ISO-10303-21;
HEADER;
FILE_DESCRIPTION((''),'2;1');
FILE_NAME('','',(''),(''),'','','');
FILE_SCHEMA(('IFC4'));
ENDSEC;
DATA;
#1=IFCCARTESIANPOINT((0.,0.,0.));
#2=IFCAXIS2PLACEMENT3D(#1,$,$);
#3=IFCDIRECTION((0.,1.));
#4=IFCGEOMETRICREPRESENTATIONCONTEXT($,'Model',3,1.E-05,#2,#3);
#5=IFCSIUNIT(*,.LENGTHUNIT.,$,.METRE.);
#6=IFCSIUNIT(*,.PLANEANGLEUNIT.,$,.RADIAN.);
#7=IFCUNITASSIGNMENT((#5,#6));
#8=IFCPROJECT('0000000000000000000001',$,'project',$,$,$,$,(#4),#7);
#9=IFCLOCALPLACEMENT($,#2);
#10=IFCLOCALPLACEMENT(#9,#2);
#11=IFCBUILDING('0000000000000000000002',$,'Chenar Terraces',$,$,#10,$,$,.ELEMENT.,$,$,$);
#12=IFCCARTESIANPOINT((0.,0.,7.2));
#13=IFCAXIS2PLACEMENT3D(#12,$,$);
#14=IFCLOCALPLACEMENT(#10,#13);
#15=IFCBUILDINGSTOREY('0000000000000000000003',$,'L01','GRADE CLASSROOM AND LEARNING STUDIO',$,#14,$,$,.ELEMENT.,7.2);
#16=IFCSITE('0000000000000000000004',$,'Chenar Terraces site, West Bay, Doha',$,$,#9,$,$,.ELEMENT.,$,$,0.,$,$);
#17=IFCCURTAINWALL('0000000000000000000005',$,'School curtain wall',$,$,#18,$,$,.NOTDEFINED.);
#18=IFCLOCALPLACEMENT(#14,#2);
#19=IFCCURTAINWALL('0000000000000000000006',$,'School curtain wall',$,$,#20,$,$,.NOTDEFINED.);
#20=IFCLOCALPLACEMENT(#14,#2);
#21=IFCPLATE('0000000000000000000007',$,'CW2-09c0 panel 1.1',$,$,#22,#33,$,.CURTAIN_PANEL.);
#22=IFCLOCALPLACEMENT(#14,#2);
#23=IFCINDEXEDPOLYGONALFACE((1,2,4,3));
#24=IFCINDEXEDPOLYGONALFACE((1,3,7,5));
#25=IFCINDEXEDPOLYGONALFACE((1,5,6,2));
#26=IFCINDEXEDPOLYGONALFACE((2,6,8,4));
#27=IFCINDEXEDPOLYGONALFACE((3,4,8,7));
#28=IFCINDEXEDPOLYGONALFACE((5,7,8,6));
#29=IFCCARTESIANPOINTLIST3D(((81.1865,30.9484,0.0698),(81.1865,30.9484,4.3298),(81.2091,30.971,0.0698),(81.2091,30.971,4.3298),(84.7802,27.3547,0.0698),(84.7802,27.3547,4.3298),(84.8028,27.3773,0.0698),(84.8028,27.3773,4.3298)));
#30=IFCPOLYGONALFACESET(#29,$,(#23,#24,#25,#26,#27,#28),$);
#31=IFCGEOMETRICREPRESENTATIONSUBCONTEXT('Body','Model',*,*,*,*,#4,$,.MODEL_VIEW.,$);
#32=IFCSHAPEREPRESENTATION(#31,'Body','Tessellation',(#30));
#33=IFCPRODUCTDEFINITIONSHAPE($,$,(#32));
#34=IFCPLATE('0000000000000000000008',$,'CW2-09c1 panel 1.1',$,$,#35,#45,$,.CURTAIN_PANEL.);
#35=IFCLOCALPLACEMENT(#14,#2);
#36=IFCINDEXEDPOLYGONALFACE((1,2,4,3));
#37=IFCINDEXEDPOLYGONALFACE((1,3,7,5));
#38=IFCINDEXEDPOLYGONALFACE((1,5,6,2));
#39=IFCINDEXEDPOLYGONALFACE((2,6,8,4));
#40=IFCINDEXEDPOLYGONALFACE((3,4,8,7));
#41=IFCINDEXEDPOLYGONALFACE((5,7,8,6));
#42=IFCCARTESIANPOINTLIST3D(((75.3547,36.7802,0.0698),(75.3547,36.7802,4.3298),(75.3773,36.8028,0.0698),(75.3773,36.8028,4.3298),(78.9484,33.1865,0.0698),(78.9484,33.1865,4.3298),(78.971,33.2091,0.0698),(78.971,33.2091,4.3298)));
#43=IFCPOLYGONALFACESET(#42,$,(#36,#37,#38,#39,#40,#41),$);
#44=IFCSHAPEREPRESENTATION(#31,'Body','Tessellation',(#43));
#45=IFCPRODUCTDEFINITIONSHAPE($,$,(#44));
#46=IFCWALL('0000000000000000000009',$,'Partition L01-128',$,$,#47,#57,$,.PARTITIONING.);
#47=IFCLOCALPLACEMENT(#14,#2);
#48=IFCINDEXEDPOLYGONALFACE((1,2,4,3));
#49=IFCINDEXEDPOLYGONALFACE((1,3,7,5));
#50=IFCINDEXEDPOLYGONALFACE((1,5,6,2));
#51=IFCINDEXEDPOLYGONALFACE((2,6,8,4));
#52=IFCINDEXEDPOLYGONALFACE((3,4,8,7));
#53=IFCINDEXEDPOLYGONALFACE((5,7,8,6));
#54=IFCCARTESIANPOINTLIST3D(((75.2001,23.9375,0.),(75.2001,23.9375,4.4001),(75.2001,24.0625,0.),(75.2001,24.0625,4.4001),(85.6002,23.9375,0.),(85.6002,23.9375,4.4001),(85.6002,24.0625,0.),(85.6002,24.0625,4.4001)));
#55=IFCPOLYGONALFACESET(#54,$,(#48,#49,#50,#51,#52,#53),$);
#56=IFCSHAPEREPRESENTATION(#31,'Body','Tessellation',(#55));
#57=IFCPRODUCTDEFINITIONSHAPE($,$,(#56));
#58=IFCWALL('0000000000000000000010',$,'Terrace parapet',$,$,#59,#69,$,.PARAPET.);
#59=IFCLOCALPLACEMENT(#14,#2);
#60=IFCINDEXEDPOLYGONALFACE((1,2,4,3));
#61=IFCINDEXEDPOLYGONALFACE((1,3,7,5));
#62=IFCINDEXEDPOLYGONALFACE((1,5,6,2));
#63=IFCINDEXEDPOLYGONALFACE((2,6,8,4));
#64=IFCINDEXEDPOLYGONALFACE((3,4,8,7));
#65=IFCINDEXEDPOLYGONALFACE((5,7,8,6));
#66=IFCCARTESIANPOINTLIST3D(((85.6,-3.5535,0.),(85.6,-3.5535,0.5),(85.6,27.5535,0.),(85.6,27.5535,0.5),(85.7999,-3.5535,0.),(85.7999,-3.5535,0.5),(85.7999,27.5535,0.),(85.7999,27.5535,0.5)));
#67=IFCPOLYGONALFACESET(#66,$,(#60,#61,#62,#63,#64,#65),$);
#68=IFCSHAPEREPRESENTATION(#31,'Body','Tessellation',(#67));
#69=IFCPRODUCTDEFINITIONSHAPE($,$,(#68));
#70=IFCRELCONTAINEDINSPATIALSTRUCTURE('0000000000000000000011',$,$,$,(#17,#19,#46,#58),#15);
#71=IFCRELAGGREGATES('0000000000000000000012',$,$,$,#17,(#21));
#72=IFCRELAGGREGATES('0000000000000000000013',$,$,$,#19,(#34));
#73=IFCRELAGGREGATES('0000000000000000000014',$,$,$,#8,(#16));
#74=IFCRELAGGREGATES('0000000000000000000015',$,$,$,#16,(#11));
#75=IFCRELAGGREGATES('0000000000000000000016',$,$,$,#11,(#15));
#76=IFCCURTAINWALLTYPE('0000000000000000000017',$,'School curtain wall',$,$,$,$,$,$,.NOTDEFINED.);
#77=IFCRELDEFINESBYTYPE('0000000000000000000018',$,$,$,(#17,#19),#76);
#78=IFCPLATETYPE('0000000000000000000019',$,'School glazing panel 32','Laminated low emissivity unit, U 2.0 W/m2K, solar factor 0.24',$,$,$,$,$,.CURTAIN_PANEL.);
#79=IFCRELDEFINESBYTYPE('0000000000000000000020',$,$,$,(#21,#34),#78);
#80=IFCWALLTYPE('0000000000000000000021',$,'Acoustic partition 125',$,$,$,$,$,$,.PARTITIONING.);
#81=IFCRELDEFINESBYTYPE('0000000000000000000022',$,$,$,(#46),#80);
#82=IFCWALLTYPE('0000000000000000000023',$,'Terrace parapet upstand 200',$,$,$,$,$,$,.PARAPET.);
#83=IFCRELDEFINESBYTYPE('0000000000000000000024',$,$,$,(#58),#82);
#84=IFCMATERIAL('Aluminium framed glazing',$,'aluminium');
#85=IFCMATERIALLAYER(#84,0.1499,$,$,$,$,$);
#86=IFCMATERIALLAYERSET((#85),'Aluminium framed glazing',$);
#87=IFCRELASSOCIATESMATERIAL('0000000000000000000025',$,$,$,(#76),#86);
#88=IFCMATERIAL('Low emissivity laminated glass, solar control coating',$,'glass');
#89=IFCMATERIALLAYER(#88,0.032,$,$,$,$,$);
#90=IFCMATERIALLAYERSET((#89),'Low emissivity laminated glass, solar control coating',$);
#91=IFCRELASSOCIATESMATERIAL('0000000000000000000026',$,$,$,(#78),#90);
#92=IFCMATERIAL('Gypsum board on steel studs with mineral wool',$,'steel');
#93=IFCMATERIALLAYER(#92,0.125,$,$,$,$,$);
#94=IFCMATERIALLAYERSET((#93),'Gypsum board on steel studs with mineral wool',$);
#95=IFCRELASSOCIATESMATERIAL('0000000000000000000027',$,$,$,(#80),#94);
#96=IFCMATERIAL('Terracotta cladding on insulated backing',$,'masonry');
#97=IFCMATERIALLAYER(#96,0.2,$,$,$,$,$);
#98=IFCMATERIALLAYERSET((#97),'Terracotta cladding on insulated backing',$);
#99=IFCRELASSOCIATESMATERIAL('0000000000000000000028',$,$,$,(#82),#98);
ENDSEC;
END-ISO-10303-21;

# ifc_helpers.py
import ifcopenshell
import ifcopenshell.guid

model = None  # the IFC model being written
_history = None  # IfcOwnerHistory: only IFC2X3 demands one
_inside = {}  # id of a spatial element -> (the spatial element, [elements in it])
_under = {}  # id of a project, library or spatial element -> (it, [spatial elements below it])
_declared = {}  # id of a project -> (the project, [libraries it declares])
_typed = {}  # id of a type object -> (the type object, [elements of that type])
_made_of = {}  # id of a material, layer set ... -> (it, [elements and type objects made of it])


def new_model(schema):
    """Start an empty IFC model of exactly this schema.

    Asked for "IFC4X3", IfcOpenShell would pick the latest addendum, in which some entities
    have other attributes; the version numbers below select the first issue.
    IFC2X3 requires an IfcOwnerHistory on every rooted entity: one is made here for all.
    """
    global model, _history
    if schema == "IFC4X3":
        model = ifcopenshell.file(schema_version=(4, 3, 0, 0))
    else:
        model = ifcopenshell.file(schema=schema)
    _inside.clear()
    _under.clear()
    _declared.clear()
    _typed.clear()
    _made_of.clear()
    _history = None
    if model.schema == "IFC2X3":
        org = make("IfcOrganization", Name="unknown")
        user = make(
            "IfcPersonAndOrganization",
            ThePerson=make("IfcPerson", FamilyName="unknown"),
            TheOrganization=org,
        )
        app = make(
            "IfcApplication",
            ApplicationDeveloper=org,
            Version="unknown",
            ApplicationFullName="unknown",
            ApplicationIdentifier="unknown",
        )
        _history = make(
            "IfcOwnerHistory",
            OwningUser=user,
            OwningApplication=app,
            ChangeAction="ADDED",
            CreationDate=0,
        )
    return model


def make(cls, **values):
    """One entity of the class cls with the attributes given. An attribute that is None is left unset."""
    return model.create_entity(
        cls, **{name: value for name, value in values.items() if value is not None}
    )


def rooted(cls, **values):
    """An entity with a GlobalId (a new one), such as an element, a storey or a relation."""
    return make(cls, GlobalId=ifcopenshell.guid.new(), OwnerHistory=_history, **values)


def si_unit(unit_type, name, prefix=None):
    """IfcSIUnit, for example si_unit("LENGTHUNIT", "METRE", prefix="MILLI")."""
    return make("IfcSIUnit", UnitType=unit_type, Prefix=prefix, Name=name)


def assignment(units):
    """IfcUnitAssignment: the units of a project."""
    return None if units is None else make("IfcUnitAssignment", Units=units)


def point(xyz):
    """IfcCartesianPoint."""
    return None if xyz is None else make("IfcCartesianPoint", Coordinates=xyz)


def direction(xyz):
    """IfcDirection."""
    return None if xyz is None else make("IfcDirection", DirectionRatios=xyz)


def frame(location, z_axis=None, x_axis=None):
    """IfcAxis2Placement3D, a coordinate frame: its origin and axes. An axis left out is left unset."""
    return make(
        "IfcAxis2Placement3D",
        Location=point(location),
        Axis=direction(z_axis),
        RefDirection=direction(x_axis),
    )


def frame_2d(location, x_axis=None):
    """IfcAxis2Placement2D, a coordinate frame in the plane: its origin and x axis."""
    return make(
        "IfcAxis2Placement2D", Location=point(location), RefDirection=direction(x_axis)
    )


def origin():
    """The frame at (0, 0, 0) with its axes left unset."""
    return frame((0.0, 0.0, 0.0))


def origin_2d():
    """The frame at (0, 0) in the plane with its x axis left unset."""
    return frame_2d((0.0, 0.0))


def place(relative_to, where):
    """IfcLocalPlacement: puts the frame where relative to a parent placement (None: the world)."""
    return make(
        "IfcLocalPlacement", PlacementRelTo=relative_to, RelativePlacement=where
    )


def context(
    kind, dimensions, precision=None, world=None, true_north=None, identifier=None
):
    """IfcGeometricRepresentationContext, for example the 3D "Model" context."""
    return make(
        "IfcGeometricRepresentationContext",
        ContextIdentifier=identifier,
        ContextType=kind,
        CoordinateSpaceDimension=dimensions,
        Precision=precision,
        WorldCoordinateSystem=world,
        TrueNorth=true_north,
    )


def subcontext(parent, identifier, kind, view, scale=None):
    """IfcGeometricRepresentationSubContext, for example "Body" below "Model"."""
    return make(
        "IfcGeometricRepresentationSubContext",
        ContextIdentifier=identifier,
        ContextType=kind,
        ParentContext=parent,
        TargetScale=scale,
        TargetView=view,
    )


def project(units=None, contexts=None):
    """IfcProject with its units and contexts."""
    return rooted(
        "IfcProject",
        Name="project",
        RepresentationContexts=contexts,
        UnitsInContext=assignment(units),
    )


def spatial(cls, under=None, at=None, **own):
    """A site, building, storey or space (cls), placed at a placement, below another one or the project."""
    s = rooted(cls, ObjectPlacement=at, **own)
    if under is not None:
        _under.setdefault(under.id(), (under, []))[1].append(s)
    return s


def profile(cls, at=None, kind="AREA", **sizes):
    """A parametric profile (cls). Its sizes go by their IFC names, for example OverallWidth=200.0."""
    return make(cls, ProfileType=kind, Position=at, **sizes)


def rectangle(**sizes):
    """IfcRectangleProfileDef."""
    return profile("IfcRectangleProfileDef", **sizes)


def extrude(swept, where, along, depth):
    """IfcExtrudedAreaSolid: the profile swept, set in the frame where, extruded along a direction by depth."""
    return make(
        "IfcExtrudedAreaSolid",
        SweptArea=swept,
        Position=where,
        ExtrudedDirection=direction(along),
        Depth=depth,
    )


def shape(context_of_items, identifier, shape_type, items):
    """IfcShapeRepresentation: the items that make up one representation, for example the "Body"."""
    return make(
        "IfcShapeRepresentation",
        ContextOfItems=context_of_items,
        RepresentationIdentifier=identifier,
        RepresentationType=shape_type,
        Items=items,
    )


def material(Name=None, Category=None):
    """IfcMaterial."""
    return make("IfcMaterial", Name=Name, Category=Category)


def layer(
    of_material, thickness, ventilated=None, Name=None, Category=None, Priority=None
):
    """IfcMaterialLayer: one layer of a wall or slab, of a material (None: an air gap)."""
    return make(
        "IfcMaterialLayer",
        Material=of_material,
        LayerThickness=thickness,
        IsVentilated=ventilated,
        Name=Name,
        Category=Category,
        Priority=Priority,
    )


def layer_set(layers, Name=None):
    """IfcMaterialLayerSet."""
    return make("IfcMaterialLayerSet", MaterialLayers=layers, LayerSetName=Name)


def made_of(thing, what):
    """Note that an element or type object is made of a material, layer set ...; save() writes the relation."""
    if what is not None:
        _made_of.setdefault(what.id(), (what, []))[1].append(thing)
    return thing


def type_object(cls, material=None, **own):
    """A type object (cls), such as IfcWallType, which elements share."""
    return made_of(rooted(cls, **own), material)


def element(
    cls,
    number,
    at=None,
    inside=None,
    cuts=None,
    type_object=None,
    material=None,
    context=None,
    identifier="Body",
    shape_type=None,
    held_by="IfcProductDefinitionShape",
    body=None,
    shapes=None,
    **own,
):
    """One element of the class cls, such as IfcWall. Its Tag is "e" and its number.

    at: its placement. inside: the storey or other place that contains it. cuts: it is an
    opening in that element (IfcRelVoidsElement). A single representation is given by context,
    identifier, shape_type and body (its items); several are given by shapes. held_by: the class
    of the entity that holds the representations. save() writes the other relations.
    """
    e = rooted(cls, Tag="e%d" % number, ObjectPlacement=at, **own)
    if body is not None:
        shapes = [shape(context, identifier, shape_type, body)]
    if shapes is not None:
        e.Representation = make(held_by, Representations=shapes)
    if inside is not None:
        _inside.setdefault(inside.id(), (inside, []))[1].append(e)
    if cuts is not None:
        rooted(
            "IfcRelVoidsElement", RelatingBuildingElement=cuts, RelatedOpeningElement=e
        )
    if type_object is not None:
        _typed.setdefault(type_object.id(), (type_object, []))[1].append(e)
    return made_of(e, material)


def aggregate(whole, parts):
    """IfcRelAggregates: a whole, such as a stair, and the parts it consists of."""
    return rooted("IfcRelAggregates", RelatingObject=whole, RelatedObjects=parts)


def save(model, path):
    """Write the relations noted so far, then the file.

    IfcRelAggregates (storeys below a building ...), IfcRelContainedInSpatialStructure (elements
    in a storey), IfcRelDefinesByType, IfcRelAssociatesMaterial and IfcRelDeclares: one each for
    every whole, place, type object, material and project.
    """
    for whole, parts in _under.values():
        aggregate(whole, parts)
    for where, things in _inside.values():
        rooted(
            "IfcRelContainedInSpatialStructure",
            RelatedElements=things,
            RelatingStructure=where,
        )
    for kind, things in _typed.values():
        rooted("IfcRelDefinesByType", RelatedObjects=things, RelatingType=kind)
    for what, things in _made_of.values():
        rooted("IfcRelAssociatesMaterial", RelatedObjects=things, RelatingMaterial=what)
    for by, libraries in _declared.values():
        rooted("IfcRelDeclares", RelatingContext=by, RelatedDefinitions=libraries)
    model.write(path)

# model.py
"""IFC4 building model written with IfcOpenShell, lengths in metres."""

from ifc_helpers import new_model, si_unit, direction, frame, frame_2d, origin, origin_2d, place, context, subcontext, project, spatial, rectangle, extrude, material, layer, layer_set, type_object, element, aggregate, save


model = new_model("IFC4")

# Units and contexts
model_context = context("Model", 3, precision=1e-05, world=origin(), true_north=direction((0.0, 1.0)))
body_context = subcontext(model_context, "Body", "Model", "MODEL_VIEW")
ifc_project = project(units=[si_unit("LENGTHUNIT", "METRE"), si_unit("PLANEANGLEUNIT", "RADIAN")], contexts=[model_context])

# Site, building, storey
site_placement = place(None, origin())
site = spatial("IfcSite", under=ifc_project, at=site_placement, Name="Chenar Terraces site, West Bay, Doha", CompositionType="ELEMENT", RefElevation=0.0)
building_placement = place(site_placement, origin())
building = spatial("IfcBuilding", under=site, at=building_placement, Name="Chenar Terraces", CompositionType="ELEMENT")
storey_placement = place(building_placement, frame((0.0, 0.0, 7.2)))
storey = spatial("IfcBuildingStorey", under=building, at=storey_placement, Name="L01", Description="GRADE CLASSROOM AND LEARNING STUDIO", CompositionType="ELEMENT", Elevation=7.2)

# Curtain walls
ifc_material_1 = material(Name="Aluminium framed glazing", Category="aluminium")
ifc_layer_1 = layer(ifc_material_1, 0.1499)
ifc_layer_set_1 = layer_set([ifc_layer_1], Name="Aluminium framed glazing")
curtain_wall_type = type_object("IfcCurtainWallType", Name="School curtain wall", PredefinedType="NOTDEFINED", material=ifc_layer_set_1)
placement = place(storey_placement, origin())
curtain_wall_1 = element("IfcCurtainWall", 1, at=placement, inside=storey, type_object=curtain_wall_type, Name="School curtain wall", PredefinedType="NOTDEFINED")
curtain_wall_2 = element("IfcCurtainWall", 2, at=placement, inside=storey, type_object=curtain_wall_type, Name="School curtain wall", PredefinedType="NOTDEFINED")

# Plates
ifc_material_2 = material(Name="Low emissivity laminated glass, solar control coating", Category="glass")
ifc_layer_2 = layer(ifc_material_2, 0.032)
ifc_layer_set_2 = layer_set([ifc_layer_2], Name="Low emissivity laminated glass, solar control coating")
plate_type = type_object("IfcPlateType", Name="School glazing panel 32", Description="Laminated low emissivity unit, U 2.0 W/m2K, solar factor 0.24", PredefinedType="CURTAIN_PANEL", material=ifc_layer_set_2)
plate_1_placement = place(storey_placement, frame((82.9946, 29.1628, 0.0698), z_axis=(0.0, 0.0, 1.0), x_axis=(-0.707107, 0.707107, 0.0)))
plate_1 = element("IfcPlate", 3, at=plate_1_placement, type_object=plate_type, Name="CW2-09c0 panel 1.1", PredefinedType="CURTAIN_PANEL", context=body_context, shape_type="SweptSolid", body=[
    extrude(rectangle(XDim=5.0823, YDim=0.032, at=origin_2d()), origin(), (0.0, 0.0, 1.0), 4.26),
])
aggregate(curtain_wall_1, [plate_1])
plate_2_placement = place(storey_placement, frame((77.1628, 34.9946, 0.0698), z_axis=(0.0, 0.0, 1.0), x_axis=(-0.707107, 0.707107, 0.0)))
plate_2 = element("IfcPlate", 4, at=plate_2_placement, type_object=plate_type, Name="CW2-09c1 panel 1.1", PredefinedType="CURTAIN_PANEL", context=body_context, shape_type="SweptSolid", body=[
    extrude(rectangle(XDim=5.0823, YDim=0.032, at=origin_2d()), origin(), (0.0, 0.0, 1.0), 4.26),
])
aggregate(curtain_wall_2, [plate_2])

# Wall
ifc_material_3 = material(Name="Gypsum board on steel studs with mineral wool", Category="steel")
ifc_layer_3 = layer(ifc_material_3, 0.125)
ifc_layer_set_3 = layer_set([ifc_layer_3], Name="Gypsum board on steel studs with mineral wool")
wall_type_1 = type_object("IfcWallType", Name="Acoustic partition 125", PredefinedType="PARTITIONING", material=ifc_layer_set_3)
wall_1_placement = place(storey_placement, frame((75.2, 24.0, 0.0), z_axis=(0.0, 0.0, 1.0), x_axis=(1.0, 0.0, 0.0)))
element("IfcWall", 5, at=wall_1_placement, inside=storey, type_object=wall_type_1, Name="Partition L01-128", PredefinedType="PARTITIONING", context=body_context, shape_type="SweptSolid", body=[
    extrude(rectangle(XDim=10.4001, YDim=0.125, at=frame_2d((5.2002, 0.0))), origin(), (0.0, 0.0, 1.0), 4.4001),
])

# Wall
ifc_material_4 = material(Name="Terracotta cladding on insulated backing", Category="masonry")
ifc_layer_4 = layer(ifc_material_4, 0.2)
ifc_layer_set_4 = layer_set([ifc_layer_4], Name="Terracotta cladding on insulated backing")
wall_type_2 = type_object("IfcWallType", Name="Terrace parapet upstand 200", PredefinedType="PARAPET", material=ifc_layer_set_4)
wall_2_placement = place(storey_placement, frame((85.7, 27.5535, 0.0), z_axis=(0.0, 0.0, 1.0), x_axis=(0.0, -1.0, 0.0)))
element("IfcWall", 6, at=wall_2_placement, inside=storey, type_object=wall_type_2, Name="Terrace parapet", PredefinedType="PARAPET", context=body_context, shape_type="SweptSolid", body=[
    extrude(rectangle(XDim=31.1069, YDim=0.2, at=frame_2d((15.5535, 0.0))), origin(), (0.0, 0.0, 1.0), 0.5),
])

save(model, "model.ifc")
